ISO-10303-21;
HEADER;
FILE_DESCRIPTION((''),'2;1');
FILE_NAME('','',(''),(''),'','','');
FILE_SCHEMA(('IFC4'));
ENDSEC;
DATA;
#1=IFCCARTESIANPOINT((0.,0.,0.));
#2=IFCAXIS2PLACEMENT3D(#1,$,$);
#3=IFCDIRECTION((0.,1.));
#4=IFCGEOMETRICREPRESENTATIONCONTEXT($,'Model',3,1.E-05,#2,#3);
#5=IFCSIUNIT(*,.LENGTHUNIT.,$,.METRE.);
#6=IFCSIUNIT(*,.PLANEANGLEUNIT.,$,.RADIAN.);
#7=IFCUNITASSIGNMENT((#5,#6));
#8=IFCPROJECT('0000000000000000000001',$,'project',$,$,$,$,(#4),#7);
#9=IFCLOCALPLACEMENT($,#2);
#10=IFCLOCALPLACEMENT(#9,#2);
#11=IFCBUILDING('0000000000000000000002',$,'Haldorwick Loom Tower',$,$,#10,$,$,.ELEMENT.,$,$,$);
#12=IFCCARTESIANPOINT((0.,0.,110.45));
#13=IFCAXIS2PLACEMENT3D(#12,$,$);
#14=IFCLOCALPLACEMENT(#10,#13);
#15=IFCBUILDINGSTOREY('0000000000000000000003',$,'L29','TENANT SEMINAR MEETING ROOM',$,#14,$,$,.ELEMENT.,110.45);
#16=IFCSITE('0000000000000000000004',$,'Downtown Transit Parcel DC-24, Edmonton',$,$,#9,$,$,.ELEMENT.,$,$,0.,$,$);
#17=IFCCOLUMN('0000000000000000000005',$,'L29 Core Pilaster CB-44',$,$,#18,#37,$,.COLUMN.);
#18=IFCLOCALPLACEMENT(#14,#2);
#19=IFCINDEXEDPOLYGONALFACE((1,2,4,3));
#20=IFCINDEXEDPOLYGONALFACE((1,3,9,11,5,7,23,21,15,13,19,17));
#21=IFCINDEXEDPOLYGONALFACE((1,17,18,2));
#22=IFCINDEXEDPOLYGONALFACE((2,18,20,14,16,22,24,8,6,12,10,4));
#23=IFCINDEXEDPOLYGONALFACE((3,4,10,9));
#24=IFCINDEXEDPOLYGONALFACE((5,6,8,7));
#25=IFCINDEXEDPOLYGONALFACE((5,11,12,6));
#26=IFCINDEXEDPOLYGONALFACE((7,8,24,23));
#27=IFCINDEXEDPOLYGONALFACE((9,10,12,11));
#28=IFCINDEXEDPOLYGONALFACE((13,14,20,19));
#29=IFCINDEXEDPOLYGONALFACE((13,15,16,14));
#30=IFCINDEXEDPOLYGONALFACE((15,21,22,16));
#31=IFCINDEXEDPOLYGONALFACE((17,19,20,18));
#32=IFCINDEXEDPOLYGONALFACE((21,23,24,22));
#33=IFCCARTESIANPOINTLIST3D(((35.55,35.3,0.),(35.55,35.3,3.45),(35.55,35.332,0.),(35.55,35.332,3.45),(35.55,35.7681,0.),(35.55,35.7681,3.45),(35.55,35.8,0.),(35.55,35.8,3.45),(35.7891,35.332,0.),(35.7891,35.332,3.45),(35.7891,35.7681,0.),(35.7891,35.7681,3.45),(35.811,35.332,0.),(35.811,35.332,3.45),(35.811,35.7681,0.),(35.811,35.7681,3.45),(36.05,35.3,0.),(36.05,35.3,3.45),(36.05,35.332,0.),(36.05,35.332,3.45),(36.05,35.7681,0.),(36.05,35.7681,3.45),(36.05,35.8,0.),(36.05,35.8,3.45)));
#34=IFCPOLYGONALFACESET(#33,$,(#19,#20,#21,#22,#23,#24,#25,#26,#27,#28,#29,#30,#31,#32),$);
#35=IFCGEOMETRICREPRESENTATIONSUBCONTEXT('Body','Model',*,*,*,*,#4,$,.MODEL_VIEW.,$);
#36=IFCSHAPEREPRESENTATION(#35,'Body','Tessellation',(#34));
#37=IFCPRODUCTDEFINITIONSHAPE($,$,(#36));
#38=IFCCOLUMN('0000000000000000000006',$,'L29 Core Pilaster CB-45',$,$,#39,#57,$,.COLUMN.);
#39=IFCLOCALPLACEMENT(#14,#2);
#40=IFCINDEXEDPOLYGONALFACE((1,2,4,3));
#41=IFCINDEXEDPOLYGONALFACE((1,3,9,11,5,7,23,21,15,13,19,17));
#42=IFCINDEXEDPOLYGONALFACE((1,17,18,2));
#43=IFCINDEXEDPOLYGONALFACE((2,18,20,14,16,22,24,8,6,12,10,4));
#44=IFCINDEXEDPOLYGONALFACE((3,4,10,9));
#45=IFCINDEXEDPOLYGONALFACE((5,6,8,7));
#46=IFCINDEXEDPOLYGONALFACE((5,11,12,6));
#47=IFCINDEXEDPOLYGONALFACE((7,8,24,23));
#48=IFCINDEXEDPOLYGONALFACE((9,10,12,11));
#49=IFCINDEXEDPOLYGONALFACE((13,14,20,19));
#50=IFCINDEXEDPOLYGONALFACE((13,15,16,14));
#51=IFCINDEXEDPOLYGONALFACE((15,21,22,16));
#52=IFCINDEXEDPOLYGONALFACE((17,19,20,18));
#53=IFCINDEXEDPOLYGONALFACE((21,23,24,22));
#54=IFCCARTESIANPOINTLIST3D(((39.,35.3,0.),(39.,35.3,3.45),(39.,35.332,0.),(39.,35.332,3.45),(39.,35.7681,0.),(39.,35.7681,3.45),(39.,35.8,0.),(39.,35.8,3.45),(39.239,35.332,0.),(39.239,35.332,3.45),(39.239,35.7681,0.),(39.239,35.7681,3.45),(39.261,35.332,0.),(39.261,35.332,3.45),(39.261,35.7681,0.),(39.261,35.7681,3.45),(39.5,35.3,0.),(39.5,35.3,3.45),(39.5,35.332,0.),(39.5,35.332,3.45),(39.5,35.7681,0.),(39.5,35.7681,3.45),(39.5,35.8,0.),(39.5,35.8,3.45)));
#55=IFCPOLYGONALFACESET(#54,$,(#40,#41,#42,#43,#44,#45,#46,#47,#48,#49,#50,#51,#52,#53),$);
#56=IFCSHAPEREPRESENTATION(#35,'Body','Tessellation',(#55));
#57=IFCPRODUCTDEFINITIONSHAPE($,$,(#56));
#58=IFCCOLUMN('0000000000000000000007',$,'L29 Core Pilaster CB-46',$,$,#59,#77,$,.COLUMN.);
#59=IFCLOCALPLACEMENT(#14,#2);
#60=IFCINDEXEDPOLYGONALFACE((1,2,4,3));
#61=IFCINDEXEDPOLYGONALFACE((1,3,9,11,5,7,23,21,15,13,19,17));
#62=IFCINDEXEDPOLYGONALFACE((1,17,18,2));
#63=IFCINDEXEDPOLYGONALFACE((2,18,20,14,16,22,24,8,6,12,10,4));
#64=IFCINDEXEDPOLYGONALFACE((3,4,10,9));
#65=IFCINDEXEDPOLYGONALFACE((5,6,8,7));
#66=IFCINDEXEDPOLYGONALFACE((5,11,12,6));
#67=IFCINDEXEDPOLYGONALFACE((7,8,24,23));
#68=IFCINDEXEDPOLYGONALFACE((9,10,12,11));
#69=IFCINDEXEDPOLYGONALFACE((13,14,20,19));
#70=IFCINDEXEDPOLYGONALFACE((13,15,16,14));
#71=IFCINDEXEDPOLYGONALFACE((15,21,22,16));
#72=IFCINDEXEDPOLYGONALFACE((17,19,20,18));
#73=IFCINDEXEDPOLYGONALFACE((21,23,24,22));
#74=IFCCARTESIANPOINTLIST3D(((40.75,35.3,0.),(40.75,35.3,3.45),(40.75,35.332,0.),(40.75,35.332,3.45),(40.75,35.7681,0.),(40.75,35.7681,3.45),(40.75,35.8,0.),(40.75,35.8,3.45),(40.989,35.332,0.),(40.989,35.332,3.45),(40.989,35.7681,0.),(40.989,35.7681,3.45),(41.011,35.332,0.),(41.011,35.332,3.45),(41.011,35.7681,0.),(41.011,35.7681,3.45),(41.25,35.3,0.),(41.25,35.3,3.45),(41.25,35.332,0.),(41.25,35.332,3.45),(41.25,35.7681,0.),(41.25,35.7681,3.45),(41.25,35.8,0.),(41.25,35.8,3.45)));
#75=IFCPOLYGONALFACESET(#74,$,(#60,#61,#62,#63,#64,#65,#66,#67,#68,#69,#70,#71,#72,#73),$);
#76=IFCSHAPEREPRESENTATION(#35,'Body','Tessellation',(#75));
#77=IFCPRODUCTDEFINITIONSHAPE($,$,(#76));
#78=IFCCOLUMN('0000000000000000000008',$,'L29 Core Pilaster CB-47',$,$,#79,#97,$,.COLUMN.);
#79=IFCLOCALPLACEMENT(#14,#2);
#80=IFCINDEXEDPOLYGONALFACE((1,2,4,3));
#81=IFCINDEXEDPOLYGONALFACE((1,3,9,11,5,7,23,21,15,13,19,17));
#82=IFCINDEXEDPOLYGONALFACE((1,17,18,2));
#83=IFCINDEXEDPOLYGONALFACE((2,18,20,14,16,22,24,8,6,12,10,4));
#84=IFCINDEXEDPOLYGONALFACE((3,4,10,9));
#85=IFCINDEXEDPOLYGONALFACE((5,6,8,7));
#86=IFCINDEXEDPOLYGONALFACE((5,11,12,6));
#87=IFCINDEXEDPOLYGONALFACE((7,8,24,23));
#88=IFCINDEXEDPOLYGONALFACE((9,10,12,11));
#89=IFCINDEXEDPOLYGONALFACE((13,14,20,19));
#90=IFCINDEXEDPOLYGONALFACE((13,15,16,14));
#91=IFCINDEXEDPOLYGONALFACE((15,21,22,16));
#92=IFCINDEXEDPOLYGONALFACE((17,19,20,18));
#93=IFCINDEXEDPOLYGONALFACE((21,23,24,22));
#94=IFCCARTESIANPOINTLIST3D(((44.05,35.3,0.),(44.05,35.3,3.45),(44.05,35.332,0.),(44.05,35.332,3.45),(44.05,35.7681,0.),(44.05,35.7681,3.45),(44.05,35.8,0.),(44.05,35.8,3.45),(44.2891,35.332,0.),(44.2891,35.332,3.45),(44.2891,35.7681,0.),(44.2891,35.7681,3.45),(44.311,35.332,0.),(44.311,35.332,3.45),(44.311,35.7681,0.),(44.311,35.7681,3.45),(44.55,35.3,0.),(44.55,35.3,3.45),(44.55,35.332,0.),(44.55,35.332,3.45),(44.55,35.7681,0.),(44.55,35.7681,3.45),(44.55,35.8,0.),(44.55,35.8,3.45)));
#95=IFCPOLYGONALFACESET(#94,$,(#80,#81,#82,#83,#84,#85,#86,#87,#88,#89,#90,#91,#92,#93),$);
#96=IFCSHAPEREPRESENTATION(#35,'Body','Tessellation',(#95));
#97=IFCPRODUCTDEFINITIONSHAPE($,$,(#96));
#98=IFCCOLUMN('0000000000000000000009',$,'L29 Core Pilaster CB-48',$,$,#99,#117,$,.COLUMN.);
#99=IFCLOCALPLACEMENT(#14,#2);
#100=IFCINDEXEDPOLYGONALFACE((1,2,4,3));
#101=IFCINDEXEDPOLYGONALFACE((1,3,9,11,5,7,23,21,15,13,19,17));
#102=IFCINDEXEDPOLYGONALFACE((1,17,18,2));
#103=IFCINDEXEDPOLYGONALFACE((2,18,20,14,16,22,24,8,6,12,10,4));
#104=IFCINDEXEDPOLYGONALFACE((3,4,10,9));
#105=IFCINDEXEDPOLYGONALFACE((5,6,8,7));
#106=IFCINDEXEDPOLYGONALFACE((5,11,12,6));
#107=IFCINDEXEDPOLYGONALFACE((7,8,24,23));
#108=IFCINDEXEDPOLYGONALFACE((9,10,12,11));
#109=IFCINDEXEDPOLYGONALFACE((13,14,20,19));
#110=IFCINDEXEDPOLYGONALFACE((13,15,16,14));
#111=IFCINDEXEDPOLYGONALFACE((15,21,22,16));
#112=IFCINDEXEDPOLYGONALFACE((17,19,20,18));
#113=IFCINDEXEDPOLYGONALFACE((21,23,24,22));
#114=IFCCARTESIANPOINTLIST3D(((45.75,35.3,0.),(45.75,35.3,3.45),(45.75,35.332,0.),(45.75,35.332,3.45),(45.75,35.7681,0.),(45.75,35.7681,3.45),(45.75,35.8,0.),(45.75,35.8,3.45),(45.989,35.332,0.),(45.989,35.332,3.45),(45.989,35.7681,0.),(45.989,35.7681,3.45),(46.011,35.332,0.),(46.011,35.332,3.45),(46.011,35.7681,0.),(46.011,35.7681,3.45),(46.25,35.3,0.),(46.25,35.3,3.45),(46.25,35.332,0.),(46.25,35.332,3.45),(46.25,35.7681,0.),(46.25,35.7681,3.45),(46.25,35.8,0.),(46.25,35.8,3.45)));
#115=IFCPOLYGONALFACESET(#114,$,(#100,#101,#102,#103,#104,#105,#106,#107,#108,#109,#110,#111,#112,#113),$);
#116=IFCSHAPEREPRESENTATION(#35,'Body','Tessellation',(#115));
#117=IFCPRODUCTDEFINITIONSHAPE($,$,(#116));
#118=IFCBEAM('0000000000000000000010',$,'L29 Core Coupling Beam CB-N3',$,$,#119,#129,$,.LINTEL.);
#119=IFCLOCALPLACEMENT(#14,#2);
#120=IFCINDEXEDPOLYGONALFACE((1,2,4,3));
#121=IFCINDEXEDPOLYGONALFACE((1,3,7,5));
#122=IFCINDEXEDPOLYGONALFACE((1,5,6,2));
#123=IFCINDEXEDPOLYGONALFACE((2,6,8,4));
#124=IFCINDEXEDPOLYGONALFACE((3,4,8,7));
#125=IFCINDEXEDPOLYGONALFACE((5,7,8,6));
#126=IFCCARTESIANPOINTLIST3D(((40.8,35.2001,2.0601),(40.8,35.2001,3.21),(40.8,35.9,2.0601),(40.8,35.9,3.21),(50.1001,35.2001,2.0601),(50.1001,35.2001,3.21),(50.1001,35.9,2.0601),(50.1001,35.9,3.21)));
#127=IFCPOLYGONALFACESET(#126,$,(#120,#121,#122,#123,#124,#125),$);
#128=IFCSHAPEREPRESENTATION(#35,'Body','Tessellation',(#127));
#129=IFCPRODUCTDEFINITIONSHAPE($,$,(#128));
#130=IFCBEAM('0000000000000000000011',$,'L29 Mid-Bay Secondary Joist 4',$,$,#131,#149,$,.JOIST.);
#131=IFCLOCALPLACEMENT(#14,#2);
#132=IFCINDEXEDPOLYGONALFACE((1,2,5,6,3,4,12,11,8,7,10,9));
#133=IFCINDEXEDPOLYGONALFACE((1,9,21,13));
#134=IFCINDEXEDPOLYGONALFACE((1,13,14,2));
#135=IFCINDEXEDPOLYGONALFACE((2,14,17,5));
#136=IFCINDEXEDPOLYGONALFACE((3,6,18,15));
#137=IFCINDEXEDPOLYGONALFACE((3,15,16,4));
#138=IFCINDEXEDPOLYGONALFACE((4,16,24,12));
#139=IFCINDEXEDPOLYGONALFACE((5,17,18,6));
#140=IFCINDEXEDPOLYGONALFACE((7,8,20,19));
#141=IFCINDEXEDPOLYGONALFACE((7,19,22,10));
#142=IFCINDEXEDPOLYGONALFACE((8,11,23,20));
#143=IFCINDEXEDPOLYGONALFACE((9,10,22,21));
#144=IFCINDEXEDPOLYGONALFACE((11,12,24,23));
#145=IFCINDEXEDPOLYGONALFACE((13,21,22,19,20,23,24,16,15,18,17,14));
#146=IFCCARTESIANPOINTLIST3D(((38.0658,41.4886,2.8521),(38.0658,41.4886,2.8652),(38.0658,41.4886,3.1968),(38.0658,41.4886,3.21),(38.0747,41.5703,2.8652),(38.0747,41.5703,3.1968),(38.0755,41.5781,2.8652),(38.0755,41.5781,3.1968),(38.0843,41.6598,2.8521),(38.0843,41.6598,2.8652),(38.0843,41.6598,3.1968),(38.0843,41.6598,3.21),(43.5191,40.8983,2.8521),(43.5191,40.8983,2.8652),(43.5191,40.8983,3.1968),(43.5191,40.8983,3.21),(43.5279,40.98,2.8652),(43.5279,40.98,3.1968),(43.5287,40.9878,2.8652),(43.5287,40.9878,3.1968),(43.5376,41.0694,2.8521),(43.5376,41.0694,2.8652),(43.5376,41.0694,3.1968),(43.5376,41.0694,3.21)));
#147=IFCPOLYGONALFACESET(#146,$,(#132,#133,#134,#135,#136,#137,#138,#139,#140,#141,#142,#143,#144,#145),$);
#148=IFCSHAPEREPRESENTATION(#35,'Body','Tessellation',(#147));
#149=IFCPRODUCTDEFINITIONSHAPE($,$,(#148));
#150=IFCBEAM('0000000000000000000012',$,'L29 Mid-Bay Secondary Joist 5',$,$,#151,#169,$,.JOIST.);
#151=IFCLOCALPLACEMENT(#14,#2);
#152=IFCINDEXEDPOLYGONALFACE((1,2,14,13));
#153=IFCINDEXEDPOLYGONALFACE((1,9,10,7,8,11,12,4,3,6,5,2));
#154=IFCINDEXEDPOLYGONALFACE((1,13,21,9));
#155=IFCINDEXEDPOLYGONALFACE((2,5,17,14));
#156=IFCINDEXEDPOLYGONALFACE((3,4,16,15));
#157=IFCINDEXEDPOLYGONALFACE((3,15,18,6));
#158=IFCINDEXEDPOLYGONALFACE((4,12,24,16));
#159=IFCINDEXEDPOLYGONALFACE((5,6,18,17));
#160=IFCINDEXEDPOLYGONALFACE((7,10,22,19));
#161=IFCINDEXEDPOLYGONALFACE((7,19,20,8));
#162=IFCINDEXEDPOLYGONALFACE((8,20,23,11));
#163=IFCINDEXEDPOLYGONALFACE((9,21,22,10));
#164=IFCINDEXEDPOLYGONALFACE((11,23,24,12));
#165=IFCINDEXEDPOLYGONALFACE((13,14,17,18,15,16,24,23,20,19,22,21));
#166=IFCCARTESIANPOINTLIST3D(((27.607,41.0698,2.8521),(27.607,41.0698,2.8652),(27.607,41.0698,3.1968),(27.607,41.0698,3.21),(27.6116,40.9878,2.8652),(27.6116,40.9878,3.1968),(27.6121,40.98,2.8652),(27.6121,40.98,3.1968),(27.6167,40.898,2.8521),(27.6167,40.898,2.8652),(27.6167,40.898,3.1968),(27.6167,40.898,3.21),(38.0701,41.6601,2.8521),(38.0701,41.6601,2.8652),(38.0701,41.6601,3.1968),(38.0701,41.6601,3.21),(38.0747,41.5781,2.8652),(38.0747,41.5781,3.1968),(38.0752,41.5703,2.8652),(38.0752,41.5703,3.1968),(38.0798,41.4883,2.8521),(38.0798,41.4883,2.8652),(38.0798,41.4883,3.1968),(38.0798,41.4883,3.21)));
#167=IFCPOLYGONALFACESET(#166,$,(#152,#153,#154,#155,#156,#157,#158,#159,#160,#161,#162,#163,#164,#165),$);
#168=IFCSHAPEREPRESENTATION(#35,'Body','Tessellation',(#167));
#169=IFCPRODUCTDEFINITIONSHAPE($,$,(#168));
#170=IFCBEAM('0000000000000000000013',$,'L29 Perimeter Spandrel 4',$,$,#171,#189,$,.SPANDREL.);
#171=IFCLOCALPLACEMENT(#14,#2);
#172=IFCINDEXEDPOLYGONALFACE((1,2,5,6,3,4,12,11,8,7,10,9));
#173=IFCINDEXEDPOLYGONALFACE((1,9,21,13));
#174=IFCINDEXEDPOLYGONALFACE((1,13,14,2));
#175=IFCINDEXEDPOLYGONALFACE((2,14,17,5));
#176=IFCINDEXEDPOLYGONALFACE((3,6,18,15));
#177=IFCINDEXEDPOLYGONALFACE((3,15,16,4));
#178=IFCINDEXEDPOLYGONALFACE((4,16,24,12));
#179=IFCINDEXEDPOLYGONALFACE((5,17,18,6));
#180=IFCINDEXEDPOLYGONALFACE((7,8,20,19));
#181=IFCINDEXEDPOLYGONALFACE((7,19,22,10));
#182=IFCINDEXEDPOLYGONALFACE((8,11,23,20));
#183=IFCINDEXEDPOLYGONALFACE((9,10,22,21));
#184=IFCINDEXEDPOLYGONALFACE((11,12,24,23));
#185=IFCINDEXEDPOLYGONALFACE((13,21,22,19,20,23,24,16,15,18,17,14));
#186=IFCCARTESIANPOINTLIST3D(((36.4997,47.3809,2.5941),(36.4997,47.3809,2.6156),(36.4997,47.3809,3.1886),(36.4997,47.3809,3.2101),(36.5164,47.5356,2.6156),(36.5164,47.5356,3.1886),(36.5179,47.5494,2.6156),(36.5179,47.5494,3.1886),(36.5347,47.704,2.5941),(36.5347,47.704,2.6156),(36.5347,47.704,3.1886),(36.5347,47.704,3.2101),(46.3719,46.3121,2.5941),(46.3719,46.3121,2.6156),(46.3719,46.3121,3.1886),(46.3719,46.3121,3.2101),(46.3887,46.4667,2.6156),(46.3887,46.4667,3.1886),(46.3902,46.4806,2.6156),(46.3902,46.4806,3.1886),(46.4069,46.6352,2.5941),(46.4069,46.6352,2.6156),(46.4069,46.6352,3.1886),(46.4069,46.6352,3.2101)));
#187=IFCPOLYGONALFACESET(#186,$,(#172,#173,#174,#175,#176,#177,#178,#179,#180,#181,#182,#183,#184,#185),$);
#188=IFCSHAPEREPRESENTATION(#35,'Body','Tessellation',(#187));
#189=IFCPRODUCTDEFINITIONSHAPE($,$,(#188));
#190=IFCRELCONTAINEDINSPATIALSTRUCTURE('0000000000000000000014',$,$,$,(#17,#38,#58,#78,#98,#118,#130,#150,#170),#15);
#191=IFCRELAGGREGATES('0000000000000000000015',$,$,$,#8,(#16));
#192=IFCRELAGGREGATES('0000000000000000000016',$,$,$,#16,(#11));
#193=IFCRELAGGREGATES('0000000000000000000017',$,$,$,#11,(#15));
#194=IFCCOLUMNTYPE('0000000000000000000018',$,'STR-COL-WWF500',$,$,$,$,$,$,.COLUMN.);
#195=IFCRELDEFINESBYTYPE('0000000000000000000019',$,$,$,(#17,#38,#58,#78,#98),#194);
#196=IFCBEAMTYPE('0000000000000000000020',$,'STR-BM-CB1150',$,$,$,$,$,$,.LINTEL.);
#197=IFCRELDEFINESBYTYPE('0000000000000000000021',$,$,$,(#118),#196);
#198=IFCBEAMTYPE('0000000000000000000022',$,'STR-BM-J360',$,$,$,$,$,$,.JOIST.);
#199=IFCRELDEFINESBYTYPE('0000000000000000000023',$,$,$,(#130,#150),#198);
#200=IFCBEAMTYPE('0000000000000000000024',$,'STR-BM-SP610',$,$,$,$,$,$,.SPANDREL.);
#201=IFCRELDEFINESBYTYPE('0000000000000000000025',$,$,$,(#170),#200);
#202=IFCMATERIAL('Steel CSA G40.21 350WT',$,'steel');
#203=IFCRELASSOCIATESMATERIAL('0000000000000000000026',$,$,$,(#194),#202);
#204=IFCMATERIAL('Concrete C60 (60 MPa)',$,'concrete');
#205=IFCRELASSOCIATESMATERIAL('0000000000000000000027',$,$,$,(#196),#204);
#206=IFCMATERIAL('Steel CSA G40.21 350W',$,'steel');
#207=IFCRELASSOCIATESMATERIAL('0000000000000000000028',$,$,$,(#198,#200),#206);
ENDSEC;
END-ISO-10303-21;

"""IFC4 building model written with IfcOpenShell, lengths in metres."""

from ifc_helpers import new_model, si_unit, direction, frame, origin, origin_2d, place, context, subcontext, project, spatial, rectangle, i_section, extrude, material, material_profile, profile_set, type_object, element, save


model = new_model("IFC4")

# Units and contexts
model_context = context("Model", 3, precision=1e-05, world=origin(), true_north=direction((0.0, 1.0)))
body_context = subcontext(model_context, "Body", "Model", "MODEL_VIEW")
ifc_project = project(units=[si_unit("LENGTHUNIT", "METRE"), si_unit("PLANEANGLEUNIT", "RADIAN")], contexts=[model_context])

# Site, building, storey
site_placement = place(None, origin())
site = spatial("IfcSite", under=ifc_project, at=site_placement, Name="Downtown Transit Parcel DC-24, Edmonton", CompositionType="ELEMENT", RefElevation=0.0)
building_placement = place(site_placement, origin())
building = spatial("IfcBuilding", under=site, at=building_placement, Name="Haldorwick Loom Tower", CompositionType="ELEMENT")
storey_placement = place(building_placement, frame((0.0, 0.0, 110.45)))
storey = spatial("IfcBuildingStorey", under=building, at=storey_placement, Name="L29", Description="TENANT SEMINAR MEETING ROOM", CompositionType="ELEMENT", Elevation=110.45)

# Columns
ifc_material_1 = material(Name="Concrete C60 (60 MPa)", Category="concrete")
ifc_material_2 = material(Name="Steel CSA G40.21 350WT", Category="steel")
ifc_material_profile_1 = material_profile(ifc_material_2, i_section(OverallWidth=0.5, OverallDepth=0.5, WebThickness=0.022, FlangeThickness=0.032, at=origin_2d()), Name="WWF500X500", Category="steel")
ifc_profile_set_1 = profile_set([ifc_material_profile_1], Name="Steel CSA G40.21 350WT")
column_type_1 = type_object("IfcColumnType", Name="STR-COL-WWF500", PredefinedType="COLUMN", material=ifc_profile_set_1)
for number, where, z_axis, x_axis, name in (
    (1, (35.8, 35.55, 0.0), (0.0, 0.0, 1.0), (1.0, 0.0, 0.0), "L29 Core Pilaster CB-44"),
    (2, (39.25, 35.55, 0.0), (0.0, 0.0, 1.0), (1.0, 0.0, 0.0), "L29 Core Pilaster CB-45"),
    (3, (41.0, 35.55, 0.0), (0.0, 0.0, 1.0), (1.0, 0.0, 0.0), "L29 Core Pilaster CB-46"),
    (4, (44.3, 35.55, 0.0), (0.0, 0.0, 1.0), (1.0, 0.0, 0.0), "L29 Core Pilaster CB-47"),
    (5, (46.0, 35.55, 0.0), (0.0, 0.0, 1.0), (1.0, 0.0, 0.0), "L29 Core Pilaster CB-48"),
):
    element("IfcColumn", number, at=place(storey_placement, frame(where, z_axis=z_axis, x_axis=x_axis)), inside=storey, type_object=column_type_1, Name=name, PredefinedType="COLUMN", context=body_context, shape_type="SweptSolid", body=[
        extrude(i_section(OverallWidth=0.5, OverallDepth=0.5, WebThickness=0.022, FlangeThickness=0.032, at=origin_2d()), origin(), (0.0, 0.0, 1.0), 3.45),
    ])

# Beams
ifc_material_profile_2 = material_profile(ifc_material_1, rectangle(XDim=0.7, YDim=1.1499, at=origin_2d()), Name="RC700X1150", Category="concrete")
ifc_profile_set_2 = profile_set([ifc_material_profile_2], Name="Concrete C60 (60 MPa)")
beam_type_1 = type_object("IfcBeamType", Name="STR-BM-CB1150", PredefinedType="LINTEL", material=ifc_profile_set_2)
beam_1_placement = place(storey_placement, frame((40.8, 35.55, 2.635), z_axis=(1.0, 0.0, 0.0), x_axis=(0.0, 1.0, 0.0)))
element("IfcBeam", 6, at=beam_1_placement, inside=storey, type_object=beam_type_1, Name="L29 Core Coupling Beam CB-N3", PredefinedType="LINTEL", context=body_context, shape_type="SweptSolid", body=[
    extrude(rectangle(XDim=0.7, YDim=1.1499, at=origin_2d()), origin(), (0.0, 0.0, 1.0), 9.3),
])
ifc_material_3 = material(Name="Steel CSA G40.21 350W", Category="steel")
ifc_material_profile_3 = material_profile(ifc_material_3, i_section(OverallWidth=0.1721, OverallDepth=0.3579, WebThickness=0.0078, FlangeThickness=0.0132, at=origin_2d()), Name="W360X57", Category="steel")
ifc_profile_set_3 = profile_set([ifc_material_profile_3], Name="Steel CSA G40.21 350W")
beam_type_2 = type_object("IfcBeamType", Name="STR-BM-J360", PredefinedType="JOIST", material=ifc_profile_set_3)
beam_2_placement = place(storey_placement, frame((43.5283, 40.9839, 3.031), z_axis=(-0.994192, 0.107622, 0.0), x_axis=(-0.107622, -0.994192, 0.0)))
element("IfcBeam", 7, at=beam_2_placement, inside=storey, type_object=beam_type_2, Name="L29 Mid-Bay Secondary Joist 4", PredefinedType="JOIST", context=body_context, shape_type="SweptSolid", body=[
    extrude(i_section(OverallWidth=0.1721, OverallDepth=0.3579, WebThickness=0.0078, FlangeThickness=0.0132, at=origin_2d()), origin(), (0.0, 0.0, 1.0), 5.4851),
])
beam_3_placement = place(storey_placement, frame((38.075, 41.5742, 3.031), z_axis=(-0.998412, -0.056331, 0.0), x_axis=(0.056331, -0.998412, 0.0)))
element("IfcBeam", 8, at=beam_3_placement, inside=storey, type_object=beam_type_2, Name="L29 Mid-Bay Secondary Joist 5", PredefinedType="JOIST", context=body_context, shape_type="SweptSolid", body=[
    extrude(i_section(OverallWidth=0.1721, OverallDepth=0.3579, WebThickness=0.0078, FlangeThickness=0.0132, at=origin_2d()), origin(), (0.0, 0.0, 1.0), 10.4797),
])
ifc_material_profile_4 = material_profile(ifc_material_3, i_section(OverallWidth=0.325, OverallDepth=0.616, WebThickness=0.0139, FlangeThickness=0.0215, at=origin_2d()), Name="W610X174", Category="steel")
ifc_profile_set_4 = profile_set([ifc_material_profile_4], Name="Steel CSA G40.21 350W")
beam_type_3 = type_object("IfcBeamType", Name="STR-BM-SP610", PredefinedType="SPANDREL", material=ifc_profile_set_4)
beam_4_placement = place(storey_placement, frame((46.3894, 46.4736, 2.9021), z_axis=(-0.99419, 0.107638, 0.0), x_axis=(-0.107638, -0.99419, 0.0)))
element("IfcBeam", 9, at=beam_4_placement, inside=storey, type_object=beam_type_3, Name="L29 Perimeter Spandrel 4", PredefinedType="SPANDREL", context=body_context, shape_type="SweptSolid", body=[
    extrude(i_section(OverallWidth=0.325, OverallDepth=0.616, WebThickness=0.0139, FlangeThickness=0.0215, at=origin_2d()), origin(), (0.0, 0.0, 1.0), 9.9299),
])

save(model, "model.ifc")
